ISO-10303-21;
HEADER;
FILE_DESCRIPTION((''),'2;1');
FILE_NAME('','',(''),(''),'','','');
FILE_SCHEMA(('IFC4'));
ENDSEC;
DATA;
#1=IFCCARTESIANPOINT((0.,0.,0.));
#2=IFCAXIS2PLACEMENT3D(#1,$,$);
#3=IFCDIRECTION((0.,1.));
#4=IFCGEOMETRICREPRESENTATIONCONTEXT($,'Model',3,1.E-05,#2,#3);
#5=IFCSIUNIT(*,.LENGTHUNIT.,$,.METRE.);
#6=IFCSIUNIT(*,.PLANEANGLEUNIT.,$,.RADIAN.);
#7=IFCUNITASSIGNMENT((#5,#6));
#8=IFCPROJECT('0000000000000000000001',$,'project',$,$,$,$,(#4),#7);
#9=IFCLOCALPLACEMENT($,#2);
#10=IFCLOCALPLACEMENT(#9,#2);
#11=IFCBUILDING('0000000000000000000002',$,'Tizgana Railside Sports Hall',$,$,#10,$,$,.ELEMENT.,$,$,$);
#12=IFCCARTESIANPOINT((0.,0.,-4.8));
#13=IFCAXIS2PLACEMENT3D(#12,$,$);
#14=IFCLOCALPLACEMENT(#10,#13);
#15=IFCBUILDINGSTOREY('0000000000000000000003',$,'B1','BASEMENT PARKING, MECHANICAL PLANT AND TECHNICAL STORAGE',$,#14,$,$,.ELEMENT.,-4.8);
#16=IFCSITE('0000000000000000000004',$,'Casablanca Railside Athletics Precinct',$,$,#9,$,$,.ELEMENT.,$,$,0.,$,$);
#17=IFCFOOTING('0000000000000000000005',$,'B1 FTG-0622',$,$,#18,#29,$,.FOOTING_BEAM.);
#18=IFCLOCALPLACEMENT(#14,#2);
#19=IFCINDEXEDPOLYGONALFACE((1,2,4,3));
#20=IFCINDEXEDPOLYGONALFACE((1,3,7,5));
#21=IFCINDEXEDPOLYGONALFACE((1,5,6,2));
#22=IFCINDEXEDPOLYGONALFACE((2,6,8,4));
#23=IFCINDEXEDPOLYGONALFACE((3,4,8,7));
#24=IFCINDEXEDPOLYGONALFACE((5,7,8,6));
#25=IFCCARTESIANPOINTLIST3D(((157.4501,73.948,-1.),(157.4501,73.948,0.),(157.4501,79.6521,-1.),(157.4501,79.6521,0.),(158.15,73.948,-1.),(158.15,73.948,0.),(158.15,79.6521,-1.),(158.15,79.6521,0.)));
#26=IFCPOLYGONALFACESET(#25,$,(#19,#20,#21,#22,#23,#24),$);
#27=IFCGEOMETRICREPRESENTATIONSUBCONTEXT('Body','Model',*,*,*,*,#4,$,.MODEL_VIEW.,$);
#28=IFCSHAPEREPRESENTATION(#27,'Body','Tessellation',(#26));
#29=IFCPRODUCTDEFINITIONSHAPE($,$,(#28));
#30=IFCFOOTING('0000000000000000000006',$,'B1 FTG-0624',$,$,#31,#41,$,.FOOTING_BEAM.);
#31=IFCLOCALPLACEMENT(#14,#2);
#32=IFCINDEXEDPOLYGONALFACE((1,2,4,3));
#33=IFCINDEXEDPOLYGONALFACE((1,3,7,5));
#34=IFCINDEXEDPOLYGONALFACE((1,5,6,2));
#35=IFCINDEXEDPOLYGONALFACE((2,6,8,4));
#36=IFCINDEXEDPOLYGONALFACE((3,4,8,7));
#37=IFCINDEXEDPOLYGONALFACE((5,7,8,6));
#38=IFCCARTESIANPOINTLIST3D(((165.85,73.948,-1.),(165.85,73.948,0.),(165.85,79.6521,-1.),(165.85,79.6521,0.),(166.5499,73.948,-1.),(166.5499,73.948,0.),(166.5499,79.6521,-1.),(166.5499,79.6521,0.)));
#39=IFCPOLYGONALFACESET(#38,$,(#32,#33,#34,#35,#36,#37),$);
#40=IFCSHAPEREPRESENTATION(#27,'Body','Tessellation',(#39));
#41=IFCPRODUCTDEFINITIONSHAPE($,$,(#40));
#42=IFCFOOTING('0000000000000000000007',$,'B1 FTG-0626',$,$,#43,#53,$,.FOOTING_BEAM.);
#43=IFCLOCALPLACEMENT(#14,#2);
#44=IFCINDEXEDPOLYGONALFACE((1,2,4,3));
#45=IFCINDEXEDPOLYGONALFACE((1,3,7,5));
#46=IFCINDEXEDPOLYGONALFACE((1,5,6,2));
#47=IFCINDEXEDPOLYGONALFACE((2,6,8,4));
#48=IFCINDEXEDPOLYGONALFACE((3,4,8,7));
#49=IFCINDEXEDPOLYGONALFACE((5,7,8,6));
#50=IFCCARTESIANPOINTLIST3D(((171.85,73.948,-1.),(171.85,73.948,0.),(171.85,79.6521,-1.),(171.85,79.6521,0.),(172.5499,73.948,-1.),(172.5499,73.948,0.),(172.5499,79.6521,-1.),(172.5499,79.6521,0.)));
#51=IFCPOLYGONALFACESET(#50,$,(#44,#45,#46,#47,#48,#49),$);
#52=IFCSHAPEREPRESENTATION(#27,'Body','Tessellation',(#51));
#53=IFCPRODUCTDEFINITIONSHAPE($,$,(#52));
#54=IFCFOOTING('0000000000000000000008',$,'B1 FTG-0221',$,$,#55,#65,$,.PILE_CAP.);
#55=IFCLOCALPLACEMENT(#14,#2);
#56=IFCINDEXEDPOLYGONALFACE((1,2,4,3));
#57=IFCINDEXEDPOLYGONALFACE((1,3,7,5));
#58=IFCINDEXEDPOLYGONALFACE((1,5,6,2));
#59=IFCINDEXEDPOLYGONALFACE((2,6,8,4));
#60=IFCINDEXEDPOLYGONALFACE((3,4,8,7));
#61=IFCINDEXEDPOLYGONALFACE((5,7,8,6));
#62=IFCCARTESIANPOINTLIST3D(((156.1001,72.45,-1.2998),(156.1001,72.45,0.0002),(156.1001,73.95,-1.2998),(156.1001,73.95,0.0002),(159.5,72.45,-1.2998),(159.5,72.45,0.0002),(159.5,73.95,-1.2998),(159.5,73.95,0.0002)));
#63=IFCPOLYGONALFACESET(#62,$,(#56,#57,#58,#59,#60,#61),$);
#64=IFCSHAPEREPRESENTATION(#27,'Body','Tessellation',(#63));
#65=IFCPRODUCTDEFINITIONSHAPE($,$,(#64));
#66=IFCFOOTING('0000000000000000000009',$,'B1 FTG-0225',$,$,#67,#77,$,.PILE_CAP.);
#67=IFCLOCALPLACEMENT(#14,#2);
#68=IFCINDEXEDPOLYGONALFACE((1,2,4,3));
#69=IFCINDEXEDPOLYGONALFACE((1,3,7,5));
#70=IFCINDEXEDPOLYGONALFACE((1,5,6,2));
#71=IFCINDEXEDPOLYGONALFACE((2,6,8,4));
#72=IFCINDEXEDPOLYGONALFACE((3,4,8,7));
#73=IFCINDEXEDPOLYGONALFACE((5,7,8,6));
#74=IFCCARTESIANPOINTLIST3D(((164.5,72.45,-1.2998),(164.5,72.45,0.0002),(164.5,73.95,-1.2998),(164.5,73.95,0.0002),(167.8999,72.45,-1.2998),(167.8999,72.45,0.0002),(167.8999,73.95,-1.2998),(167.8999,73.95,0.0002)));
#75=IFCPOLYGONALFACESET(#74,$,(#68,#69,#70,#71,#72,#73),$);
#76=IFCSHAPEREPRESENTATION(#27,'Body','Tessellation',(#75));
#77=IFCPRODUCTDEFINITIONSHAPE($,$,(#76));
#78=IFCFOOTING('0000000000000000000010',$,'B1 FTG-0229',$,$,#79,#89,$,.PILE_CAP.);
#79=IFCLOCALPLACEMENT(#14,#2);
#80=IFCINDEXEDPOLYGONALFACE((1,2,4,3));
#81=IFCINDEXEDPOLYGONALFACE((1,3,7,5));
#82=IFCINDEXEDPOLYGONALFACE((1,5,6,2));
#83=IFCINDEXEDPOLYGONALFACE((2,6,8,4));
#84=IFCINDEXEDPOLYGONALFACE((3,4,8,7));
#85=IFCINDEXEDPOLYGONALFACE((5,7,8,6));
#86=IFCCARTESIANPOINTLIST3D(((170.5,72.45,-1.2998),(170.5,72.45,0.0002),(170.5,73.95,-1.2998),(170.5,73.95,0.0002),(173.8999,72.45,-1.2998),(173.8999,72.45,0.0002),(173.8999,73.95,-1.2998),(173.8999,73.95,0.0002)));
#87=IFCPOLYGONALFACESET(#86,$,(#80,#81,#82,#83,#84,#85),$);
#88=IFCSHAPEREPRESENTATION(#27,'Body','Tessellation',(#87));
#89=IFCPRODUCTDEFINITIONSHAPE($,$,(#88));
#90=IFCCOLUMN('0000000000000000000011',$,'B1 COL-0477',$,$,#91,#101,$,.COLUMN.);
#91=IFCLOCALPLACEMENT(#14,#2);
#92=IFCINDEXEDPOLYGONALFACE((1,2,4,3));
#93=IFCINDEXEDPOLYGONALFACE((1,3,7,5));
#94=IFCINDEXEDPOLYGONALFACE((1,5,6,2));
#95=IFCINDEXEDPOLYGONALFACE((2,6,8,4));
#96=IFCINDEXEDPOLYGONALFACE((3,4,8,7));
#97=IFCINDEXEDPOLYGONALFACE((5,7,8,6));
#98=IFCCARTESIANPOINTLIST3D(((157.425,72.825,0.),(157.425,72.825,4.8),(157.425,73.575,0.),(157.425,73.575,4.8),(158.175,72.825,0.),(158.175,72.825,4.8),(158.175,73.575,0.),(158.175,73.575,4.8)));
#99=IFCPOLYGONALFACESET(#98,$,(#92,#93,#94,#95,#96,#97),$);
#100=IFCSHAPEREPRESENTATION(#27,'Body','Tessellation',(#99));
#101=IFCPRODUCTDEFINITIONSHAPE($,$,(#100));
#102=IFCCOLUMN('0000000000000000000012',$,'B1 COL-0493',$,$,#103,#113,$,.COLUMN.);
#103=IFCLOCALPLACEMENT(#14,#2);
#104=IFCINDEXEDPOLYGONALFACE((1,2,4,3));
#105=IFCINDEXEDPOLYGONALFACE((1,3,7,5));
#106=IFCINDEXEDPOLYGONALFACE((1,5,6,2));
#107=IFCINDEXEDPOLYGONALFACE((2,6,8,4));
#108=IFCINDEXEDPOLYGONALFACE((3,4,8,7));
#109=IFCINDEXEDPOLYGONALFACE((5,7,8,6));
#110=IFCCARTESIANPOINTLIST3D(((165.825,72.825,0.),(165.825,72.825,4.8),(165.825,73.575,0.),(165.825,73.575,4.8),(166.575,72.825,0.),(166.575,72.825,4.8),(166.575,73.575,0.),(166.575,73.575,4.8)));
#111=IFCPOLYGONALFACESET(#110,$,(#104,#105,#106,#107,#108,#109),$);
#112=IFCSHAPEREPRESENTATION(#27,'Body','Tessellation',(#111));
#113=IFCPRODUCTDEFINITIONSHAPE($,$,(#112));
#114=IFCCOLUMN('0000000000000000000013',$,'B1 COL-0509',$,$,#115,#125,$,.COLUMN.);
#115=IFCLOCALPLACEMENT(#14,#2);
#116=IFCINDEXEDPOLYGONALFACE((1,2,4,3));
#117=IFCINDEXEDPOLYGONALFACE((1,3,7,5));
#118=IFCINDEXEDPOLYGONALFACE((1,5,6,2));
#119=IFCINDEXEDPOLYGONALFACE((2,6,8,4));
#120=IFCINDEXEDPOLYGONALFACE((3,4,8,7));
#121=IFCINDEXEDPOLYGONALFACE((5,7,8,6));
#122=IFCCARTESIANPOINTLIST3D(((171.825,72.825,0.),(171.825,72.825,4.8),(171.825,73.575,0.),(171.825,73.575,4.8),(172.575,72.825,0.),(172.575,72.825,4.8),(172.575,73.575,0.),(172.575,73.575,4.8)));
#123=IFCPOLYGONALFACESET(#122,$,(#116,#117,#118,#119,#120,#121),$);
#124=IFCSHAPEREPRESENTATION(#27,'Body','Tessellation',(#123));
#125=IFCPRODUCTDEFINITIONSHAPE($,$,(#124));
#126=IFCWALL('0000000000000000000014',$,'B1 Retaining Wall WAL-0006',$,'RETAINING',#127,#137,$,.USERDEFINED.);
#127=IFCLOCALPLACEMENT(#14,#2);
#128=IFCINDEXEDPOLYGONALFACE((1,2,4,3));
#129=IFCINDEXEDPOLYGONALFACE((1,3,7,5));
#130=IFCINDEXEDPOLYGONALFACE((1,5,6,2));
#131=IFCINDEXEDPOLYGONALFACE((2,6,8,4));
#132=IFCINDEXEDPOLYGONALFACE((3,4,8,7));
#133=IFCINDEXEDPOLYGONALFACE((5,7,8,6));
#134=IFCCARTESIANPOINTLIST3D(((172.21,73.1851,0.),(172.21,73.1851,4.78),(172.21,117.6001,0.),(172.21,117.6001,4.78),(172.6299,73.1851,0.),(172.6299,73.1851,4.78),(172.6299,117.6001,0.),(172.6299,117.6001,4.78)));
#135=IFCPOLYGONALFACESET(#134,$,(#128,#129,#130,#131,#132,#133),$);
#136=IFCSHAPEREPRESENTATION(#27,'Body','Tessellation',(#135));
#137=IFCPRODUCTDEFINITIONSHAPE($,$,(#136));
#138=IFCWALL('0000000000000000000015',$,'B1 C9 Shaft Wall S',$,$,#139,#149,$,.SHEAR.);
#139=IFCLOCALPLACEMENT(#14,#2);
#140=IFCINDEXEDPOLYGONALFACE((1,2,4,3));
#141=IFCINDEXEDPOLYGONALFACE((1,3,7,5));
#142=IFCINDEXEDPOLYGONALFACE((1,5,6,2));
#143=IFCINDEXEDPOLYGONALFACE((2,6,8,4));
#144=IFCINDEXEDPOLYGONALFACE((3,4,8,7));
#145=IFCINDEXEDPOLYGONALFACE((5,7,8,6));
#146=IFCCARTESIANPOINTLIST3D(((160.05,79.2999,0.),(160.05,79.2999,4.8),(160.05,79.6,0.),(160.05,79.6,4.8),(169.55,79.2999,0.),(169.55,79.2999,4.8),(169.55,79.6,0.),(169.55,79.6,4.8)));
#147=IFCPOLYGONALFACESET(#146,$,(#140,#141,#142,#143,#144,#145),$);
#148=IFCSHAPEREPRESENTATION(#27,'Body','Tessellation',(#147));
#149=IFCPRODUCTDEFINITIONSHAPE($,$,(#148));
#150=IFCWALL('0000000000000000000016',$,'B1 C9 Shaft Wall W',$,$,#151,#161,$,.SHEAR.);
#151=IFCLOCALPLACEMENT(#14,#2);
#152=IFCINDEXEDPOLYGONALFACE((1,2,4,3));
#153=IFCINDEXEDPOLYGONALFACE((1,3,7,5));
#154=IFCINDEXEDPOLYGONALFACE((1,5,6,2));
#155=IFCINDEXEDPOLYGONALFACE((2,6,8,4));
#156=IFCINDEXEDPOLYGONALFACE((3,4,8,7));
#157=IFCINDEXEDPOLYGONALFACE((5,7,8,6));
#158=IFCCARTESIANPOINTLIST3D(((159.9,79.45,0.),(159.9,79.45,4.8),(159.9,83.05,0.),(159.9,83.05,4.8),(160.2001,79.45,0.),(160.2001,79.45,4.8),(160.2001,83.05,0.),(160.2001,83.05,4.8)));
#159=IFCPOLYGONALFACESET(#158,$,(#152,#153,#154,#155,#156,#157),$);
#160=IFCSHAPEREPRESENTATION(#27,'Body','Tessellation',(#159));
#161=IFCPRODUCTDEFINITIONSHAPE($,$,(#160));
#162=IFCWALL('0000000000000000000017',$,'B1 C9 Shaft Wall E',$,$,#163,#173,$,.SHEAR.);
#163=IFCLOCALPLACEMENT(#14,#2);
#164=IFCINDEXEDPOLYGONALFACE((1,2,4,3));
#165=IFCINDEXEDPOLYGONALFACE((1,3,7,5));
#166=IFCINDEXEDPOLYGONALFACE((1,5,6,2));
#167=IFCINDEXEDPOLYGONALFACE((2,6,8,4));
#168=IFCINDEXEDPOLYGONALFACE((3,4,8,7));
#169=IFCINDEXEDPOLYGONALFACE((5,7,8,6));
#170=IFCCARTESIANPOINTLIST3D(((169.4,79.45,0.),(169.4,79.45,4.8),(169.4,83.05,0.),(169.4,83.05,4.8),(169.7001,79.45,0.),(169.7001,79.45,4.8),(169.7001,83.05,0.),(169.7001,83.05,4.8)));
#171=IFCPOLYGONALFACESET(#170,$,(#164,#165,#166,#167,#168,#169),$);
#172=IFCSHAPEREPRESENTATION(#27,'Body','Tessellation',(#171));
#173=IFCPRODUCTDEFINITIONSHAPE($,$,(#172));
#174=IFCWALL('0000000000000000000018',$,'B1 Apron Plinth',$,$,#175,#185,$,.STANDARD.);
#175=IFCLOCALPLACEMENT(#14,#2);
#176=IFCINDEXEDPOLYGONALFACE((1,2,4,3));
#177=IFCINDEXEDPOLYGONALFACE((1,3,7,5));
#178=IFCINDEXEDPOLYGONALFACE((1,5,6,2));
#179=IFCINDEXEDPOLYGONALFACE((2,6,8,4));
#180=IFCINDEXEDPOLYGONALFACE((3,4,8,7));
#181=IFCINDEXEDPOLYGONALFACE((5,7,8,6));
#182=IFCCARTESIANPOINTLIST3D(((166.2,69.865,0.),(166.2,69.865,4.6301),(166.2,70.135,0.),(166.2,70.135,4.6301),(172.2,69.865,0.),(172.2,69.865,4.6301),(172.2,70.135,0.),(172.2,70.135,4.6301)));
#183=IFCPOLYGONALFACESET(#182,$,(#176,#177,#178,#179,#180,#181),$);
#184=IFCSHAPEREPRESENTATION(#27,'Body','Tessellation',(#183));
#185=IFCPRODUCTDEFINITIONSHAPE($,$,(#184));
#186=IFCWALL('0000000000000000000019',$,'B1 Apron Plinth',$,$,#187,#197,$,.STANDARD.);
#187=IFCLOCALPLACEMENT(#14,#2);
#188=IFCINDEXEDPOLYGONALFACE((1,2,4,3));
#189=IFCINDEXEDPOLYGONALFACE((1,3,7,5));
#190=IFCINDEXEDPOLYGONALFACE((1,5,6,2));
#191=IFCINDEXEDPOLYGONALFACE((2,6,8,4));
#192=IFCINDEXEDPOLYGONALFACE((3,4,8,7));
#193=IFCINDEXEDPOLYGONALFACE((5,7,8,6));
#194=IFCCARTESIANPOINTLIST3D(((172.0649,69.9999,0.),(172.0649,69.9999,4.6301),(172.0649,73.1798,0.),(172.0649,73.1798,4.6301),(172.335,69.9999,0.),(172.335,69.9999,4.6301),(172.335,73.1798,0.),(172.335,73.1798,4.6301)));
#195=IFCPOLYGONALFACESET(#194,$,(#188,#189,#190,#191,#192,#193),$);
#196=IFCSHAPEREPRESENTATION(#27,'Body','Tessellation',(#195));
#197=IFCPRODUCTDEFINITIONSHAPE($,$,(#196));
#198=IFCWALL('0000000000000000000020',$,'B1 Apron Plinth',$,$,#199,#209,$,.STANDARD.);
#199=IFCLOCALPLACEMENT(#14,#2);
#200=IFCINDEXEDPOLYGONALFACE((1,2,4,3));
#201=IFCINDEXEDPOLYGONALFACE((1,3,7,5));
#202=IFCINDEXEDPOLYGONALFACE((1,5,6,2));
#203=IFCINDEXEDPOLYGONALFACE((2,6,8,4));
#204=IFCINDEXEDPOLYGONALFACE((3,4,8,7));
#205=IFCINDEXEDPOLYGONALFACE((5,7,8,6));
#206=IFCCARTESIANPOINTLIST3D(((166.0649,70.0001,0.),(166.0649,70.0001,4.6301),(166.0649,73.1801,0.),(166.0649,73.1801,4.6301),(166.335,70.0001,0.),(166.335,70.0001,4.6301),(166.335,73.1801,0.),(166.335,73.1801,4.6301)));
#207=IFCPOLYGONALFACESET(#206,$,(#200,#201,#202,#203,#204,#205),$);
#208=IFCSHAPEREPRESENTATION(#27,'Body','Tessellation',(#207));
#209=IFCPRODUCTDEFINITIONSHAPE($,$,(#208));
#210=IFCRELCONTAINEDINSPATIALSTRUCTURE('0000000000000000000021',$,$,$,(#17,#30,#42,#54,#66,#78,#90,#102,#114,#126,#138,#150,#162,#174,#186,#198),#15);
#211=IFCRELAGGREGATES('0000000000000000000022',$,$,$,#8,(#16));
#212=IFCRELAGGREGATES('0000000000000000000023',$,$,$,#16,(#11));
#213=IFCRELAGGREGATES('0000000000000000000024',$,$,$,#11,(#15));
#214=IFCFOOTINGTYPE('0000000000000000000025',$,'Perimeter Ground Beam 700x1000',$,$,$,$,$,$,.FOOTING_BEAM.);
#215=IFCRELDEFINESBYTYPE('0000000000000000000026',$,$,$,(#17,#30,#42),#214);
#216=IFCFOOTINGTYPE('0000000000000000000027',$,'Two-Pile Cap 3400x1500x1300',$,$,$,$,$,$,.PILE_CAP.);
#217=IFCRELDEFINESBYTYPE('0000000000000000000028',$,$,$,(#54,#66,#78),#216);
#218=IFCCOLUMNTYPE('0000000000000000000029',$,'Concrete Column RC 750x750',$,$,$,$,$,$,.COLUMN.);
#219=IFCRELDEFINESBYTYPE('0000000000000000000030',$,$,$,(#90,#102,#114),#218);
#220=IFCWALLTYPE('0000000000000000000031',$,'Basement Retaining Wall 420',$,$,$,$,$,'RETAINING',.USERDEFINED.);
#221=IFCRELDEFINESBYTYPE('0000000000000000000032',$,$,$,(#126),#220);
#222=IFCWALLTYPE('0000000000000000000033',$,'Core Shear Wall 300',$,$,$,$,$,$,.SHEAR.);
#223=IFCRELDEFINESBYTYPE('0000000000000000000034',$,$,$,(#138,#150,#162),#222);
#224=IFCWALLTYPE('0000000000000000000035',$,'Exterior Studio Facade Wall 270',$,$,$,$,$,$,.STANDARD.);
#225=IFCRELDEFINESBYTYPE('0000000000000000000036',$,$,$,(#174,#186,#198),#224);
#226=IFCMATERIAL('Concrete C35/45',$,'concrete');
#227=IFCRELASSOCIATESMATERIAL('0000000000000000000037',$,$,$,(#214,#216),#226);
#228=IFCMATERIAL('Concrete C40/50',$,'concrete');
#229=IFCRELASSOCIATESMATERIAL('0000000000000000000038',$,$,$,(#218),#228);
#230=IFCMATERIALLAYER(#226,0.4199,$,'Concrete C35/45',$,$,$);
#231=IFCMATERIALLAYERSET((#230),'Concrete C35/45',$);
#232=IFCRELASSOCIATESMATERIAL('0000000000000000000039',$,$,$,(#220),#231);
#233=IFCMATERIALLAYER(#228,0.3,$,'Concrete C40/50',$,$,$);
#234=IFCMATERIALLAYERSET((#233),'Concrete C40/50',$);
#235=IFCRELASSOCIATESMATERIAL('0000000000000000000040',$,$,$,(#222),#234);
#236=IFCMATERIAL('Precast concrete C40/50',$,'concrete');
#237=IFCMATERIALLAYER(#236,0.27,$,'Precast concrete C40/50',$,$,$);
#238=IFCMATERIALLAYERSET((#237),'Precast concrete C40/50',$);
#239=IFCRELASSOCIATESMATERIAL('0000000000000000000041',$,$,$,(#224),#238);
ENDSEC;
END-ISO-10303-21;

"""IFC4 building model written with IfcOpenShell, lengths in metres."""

from ifc_helpers import new_model, si_unit, direction, frame, frame_2d, origin, origin_2d, place, context, subcontext, project, spatial, rectangle, extrude, material, layer, layer_set, material_profile, profile_set, type_object, element, save


model = new_model("IFC4")

# Units and contexts
model_context = context("Model", 3, precision=1e-05, world=origin(), true_north=direction((0.0, 1.0)))
body_context = subcontext(model_context, "Body", "Model", "MODEL_VIEW")
ifc_project = project(units=[si_unit("LENGTHUNIT", "METRE"), si_unit("PLANEANGLEUNIT", "RADIAN")], contexts=[model_context])

# Site, building, storey
site_placement = place(None, origin())
site = spatial("IfcSite", under=ifc_project, at=site_placement, Name="Casablanca Railside Athletics Precinct", CompositionType="ELEMENT", RefElevation=0.0)
building_placement = place(site_placement, origin())
building = spatial("IfcBuilding", under=site, at=building_placement, Name="Tizgana Railside Sports Hall", CompositionType="ELEMENT")
storey_placement = place(building_placement, frame((0.0, 0.0, -4.8)))
storey = spatial("IfcBuildingStorey", under=building, at=storey_placement, Name="B1", Description="BASEMENT PARKING, MECHANICAL PLANT AND TECHNICAL STORAGE", CompositionType="ELEMENT", Elevation=-4.8)

# Shared definitions
ifc_material_1 = material(Name="Concrete C35/45", Category="concrete")

# Footings
footing_type_1 = type_object("IfcFootingType", Name="Perimeter Ground Beam 700x1000", PredefinedType="FOOTING_BEAM", material=ifc_material_1)
for number, where, z_axis, x_axis, name in (
    (1, (157.8, 76.8, -1.0), (0.0, 0.0, 1.0), (0.0, 1.0, 0.0), "B1 FTG-0622"),
    (2, (166.2, 76.8, -1.0), (0.0, 0.0, 1.0), (0.0, 1.0, 0.0), "B1 FTG-0624"),
    (3, (172.2, 76.8, -1.0), (0.0, 0.0, 1.0), (0.0, 1.0, 0.0), "B1 FTG-0626"),
):
    element("IfcFooting", number, at=place(storey_placement, frame(where, z_axis=z_axis, x_axis=x_axis)), inside=storey, type_object=footing_type_1, Name=name, PredefinedType="FOOTING_BEAM", context=body_context, shape_type="SweptSolid", body=[
        extrude(rectangle(XDim=5.7041, YDim=0.7, at=origin_2d()), origin(), (0.0, 0.0, 1.0), 1.0),
    ])
footing_type_2 = type_object("IfcFootingType", Name="Two-Pile Cap 3400x1500x1300", PredefinedType="PILE_CAP", material=ifc_material_1)
for number, where, z_axis, x_axis, name in (
    (4, (157.8, 73.2, -1.2998), (0.0, 0.0, 1.0), (1.0, 0.0, 0.0), "B1 FTG-0221"),
    (5, (166.2, 73.2, -1.2998), (0.0, 0.0, 1.0), (1.0, 0.0, 0.0), "B1 FTG-0225"),
    (6, (172.2, 73.2, -1.2998), (0.0, 0.0, 1.0), (1.0, 0.0, 0.0), "B1 FTG-0229"),
):
    element("IfcFooting", number, at=place(storey_placement, frame(where, z_axis=z_axis, x_axis=x_axis)), inside=storey, type_object=footing_type_2, Name=name, PredefinedType="PILE_CAP", context=body_context, shape_type="SweptSolid", body=[
        extrude(rectangle(XDim=3.3999, YDim=1.5, at=origin_2d()), origin(), (0.0, 0.0, 1.0), 1.3),
    ])

# Columns
ifc_material_2 = material(Name="Concrete C40/50", Category="concrete")
ifc_material_profile_1 = material_profile(ifc_material_2, rectangle(XDim=0.75, YDim=0.75, at=origin_2d()), Name="RC 750x750")
ifc_profile_set_1 = profile_set([ifc_material_profile_1], Name="Concrete C40/50")
column_type = type_object("IfcColumnType", Name="Concrete Column RC 750x750", PredefinedType="COLUMN", material=ifc_profile_set_1)
for number, where, z_axis, x_axis, name in (
    (7, (157.8, 73.2, 0.0), (0.0, 0.0, 1.0), (1.0, 0.0, 0.0), "B1 COL-0477"),
    (8, (166.2, 73.2, 0.0), (0.0, 0.0, 1.0), (1.0, 0.0, 0.0), "B1 COL-0493"),
    (9, (172.2, 73.2, 0.0), (0.0, 0.0, 1.0), (1.0, 0.0, 0.0), "B1 COL-0509"),
):
    element("IfcColumn", number, at=place(storey_placement, frame(where, z_axis=z_axis, x_axis=x_axis)), inside=storey, type_object=column_type, Name=name, PredefinedType="COLUMN", context=body_context, shape_type="SweptSolid", body=[
        extrude(rectangle(XDim=0.75, YDim=0.75, at=origin_2d()), origin(), (0.0, 0.0, 1.0), 4.8),
    ])

# Walls
ifc_layer_1 = layer(ifc_material_1, 0.4199, Name="Concrete C35/45")
ifc_layer_set_1 = layer_set([ifc_layer_1], Name="Concrete C35/45")
wall_type_1 = type_object("IfcWallType", Name="Basement Retaining Wall 420", ElementType="RETAINING", PredefinedType="USERDEFINED", material=ifc_layer_set_1)
wall_1_placement = place(storey_placement, frame((172.4199, 73.1851, 0.0), z_axis=(0.0, 0.0, 1.0), x_axis=(0.0, 1.0, 0.0)))
element("IfcWall", 10, at=wall_1_placement, inside=storey, type_object=wall_type_1, Name="B1 Retaining Wall WAL-0006", ObjectType="RETAINING", PredefinedType="USERDEFINED", context=body_context, shape_type="SweptSolid", body=[
    extrude(rectangle(XDim=44.415, YDim=0.4199, at=frame_2d((22.2075, 0.0))), origin(), (0.0, 0.0, 1.0), 4.78),
])
ifc_layer_2 = layer(ifc_material_2, 0.3, Name="Concrete C40/50")
ifc_layer_set_2 = layer_set([ifc_layer_2], Name="Concrete C40/50")
wall_type_2 = type_object("IfcWallType", Name="Core Shear Wall 300", PredefinedType="SHEAR", material=ifc_layer_set_2)
wall_2_placement = place(storey_placement, frame((169.55, 79.45, 0.0), z_axis=(0.0, 0.0, 1.0), x_axis=(-1.0, 0.0, 0.0)))
element("IfcWall", 11, at=wall_2_placement, inside=storey, type_object=wall_type_2, Name="B1 C9 Shaft Wall S", PredefinedType="SHEAR", context=body_context, shape_type="SweptSolid", body=[
    extrude(rectangle(XDim=9.5, YDim=0.3, at=frame_2d((4.75, 0.0))), origin(), (0.0, 0.0, 1.0), 4.8),
])
for number, where, z_axis, x_axis, name in (
    (12, (160.05, 79.45, 0.0), (0.0, 0.0, 1.0), (0.0, 1.0, 0.0), "B1 C9 Shaft Wall W"),
    (13, (169.55, 79.45, 0.0), (0.0, 0.0, 1.0), (0.0, 1.0, 0.0), "B1 C9 Shaft Wall E"),
):
    element("IfcWall", number, at=place(storey_placement, frame(where, z_axis=z_axis, x_axis=x_axis)), inside=storey, type_object=wall_type_2, Name=name, PredefinedType="SHEAR", context=body_context, shape_type="SweptSolid", body=[
        extrude(rectangle(XDim=3.6001, YDim=0.3, at=frame_2d((1.8, 0.0))), origin(), (0.0, 0.0, 1.0), 4.8),
    ])
ifc_material_3 = material(Name="Precast concrete C40/50", Category="concrete")
ifc_layer_3 = layer(ifc_material_3, 0.27, Name="Precast concrete C40/50")
ifc_layer_set_3 = layer_set([ifc_layer_3], Name="Precast concrete C40/50")
wall_type_3 = type_object("IfcWallType", Name="Exterior Studio Facade Wall 270", PredefinedType="STANDARD", material=ifc_layer_set_3)
wall_3_placement = place(storey_placement, frame((166.2, 70.0, 0.0), z_axis=(0.0, 0.0, 1.0), x_axis=(1.0, 0.0, 0.0)))
element("IfcWall", 14, at=wall_3_placement, inside=storey, type_object=wall_type_3, Name="B1 Apron Plinth", PredefinedType="STANDARD", context=body_context, shape_type="SweptSolid", body=[
    extrude(rectangle(XDim=6.0, YDim=0.27, at=frame_2d((3.0, 0.0))), origin(), (0.0, 0.0, 1.0), 4.6301),
])
for number, where, z_axis, x_axis, name in (
    (15, (172.2, 70.0, 0.0), (0.0, 0.0, 1.0), (0.0, 1.0, 0.0), "B1 Apron Plinth"),
    (16, (166.2, 73.1799, 0.0), (0.0, 0.0, 1.0), (0.0, -1.0, 0.0), "B1 Apron Plinth"),
):
    element("IfcWall", number, at=place(storey_placement, frame(where, z_axis=z_axis, x_axis=x_axis)), inside=storey, type_object=wall_type_3, Name=name, PredefinedType="STANDARD", context=body_context, shape_type="SweptSolid", body=[
        extrude(rectangle(XDim=3.1799, YDim=0.27, at=frame_2d((1.5898, 0.0))), origin(), (0.0, 0.0, 1.0), 4.6301),
    ])

save(model, "model.ifc")
